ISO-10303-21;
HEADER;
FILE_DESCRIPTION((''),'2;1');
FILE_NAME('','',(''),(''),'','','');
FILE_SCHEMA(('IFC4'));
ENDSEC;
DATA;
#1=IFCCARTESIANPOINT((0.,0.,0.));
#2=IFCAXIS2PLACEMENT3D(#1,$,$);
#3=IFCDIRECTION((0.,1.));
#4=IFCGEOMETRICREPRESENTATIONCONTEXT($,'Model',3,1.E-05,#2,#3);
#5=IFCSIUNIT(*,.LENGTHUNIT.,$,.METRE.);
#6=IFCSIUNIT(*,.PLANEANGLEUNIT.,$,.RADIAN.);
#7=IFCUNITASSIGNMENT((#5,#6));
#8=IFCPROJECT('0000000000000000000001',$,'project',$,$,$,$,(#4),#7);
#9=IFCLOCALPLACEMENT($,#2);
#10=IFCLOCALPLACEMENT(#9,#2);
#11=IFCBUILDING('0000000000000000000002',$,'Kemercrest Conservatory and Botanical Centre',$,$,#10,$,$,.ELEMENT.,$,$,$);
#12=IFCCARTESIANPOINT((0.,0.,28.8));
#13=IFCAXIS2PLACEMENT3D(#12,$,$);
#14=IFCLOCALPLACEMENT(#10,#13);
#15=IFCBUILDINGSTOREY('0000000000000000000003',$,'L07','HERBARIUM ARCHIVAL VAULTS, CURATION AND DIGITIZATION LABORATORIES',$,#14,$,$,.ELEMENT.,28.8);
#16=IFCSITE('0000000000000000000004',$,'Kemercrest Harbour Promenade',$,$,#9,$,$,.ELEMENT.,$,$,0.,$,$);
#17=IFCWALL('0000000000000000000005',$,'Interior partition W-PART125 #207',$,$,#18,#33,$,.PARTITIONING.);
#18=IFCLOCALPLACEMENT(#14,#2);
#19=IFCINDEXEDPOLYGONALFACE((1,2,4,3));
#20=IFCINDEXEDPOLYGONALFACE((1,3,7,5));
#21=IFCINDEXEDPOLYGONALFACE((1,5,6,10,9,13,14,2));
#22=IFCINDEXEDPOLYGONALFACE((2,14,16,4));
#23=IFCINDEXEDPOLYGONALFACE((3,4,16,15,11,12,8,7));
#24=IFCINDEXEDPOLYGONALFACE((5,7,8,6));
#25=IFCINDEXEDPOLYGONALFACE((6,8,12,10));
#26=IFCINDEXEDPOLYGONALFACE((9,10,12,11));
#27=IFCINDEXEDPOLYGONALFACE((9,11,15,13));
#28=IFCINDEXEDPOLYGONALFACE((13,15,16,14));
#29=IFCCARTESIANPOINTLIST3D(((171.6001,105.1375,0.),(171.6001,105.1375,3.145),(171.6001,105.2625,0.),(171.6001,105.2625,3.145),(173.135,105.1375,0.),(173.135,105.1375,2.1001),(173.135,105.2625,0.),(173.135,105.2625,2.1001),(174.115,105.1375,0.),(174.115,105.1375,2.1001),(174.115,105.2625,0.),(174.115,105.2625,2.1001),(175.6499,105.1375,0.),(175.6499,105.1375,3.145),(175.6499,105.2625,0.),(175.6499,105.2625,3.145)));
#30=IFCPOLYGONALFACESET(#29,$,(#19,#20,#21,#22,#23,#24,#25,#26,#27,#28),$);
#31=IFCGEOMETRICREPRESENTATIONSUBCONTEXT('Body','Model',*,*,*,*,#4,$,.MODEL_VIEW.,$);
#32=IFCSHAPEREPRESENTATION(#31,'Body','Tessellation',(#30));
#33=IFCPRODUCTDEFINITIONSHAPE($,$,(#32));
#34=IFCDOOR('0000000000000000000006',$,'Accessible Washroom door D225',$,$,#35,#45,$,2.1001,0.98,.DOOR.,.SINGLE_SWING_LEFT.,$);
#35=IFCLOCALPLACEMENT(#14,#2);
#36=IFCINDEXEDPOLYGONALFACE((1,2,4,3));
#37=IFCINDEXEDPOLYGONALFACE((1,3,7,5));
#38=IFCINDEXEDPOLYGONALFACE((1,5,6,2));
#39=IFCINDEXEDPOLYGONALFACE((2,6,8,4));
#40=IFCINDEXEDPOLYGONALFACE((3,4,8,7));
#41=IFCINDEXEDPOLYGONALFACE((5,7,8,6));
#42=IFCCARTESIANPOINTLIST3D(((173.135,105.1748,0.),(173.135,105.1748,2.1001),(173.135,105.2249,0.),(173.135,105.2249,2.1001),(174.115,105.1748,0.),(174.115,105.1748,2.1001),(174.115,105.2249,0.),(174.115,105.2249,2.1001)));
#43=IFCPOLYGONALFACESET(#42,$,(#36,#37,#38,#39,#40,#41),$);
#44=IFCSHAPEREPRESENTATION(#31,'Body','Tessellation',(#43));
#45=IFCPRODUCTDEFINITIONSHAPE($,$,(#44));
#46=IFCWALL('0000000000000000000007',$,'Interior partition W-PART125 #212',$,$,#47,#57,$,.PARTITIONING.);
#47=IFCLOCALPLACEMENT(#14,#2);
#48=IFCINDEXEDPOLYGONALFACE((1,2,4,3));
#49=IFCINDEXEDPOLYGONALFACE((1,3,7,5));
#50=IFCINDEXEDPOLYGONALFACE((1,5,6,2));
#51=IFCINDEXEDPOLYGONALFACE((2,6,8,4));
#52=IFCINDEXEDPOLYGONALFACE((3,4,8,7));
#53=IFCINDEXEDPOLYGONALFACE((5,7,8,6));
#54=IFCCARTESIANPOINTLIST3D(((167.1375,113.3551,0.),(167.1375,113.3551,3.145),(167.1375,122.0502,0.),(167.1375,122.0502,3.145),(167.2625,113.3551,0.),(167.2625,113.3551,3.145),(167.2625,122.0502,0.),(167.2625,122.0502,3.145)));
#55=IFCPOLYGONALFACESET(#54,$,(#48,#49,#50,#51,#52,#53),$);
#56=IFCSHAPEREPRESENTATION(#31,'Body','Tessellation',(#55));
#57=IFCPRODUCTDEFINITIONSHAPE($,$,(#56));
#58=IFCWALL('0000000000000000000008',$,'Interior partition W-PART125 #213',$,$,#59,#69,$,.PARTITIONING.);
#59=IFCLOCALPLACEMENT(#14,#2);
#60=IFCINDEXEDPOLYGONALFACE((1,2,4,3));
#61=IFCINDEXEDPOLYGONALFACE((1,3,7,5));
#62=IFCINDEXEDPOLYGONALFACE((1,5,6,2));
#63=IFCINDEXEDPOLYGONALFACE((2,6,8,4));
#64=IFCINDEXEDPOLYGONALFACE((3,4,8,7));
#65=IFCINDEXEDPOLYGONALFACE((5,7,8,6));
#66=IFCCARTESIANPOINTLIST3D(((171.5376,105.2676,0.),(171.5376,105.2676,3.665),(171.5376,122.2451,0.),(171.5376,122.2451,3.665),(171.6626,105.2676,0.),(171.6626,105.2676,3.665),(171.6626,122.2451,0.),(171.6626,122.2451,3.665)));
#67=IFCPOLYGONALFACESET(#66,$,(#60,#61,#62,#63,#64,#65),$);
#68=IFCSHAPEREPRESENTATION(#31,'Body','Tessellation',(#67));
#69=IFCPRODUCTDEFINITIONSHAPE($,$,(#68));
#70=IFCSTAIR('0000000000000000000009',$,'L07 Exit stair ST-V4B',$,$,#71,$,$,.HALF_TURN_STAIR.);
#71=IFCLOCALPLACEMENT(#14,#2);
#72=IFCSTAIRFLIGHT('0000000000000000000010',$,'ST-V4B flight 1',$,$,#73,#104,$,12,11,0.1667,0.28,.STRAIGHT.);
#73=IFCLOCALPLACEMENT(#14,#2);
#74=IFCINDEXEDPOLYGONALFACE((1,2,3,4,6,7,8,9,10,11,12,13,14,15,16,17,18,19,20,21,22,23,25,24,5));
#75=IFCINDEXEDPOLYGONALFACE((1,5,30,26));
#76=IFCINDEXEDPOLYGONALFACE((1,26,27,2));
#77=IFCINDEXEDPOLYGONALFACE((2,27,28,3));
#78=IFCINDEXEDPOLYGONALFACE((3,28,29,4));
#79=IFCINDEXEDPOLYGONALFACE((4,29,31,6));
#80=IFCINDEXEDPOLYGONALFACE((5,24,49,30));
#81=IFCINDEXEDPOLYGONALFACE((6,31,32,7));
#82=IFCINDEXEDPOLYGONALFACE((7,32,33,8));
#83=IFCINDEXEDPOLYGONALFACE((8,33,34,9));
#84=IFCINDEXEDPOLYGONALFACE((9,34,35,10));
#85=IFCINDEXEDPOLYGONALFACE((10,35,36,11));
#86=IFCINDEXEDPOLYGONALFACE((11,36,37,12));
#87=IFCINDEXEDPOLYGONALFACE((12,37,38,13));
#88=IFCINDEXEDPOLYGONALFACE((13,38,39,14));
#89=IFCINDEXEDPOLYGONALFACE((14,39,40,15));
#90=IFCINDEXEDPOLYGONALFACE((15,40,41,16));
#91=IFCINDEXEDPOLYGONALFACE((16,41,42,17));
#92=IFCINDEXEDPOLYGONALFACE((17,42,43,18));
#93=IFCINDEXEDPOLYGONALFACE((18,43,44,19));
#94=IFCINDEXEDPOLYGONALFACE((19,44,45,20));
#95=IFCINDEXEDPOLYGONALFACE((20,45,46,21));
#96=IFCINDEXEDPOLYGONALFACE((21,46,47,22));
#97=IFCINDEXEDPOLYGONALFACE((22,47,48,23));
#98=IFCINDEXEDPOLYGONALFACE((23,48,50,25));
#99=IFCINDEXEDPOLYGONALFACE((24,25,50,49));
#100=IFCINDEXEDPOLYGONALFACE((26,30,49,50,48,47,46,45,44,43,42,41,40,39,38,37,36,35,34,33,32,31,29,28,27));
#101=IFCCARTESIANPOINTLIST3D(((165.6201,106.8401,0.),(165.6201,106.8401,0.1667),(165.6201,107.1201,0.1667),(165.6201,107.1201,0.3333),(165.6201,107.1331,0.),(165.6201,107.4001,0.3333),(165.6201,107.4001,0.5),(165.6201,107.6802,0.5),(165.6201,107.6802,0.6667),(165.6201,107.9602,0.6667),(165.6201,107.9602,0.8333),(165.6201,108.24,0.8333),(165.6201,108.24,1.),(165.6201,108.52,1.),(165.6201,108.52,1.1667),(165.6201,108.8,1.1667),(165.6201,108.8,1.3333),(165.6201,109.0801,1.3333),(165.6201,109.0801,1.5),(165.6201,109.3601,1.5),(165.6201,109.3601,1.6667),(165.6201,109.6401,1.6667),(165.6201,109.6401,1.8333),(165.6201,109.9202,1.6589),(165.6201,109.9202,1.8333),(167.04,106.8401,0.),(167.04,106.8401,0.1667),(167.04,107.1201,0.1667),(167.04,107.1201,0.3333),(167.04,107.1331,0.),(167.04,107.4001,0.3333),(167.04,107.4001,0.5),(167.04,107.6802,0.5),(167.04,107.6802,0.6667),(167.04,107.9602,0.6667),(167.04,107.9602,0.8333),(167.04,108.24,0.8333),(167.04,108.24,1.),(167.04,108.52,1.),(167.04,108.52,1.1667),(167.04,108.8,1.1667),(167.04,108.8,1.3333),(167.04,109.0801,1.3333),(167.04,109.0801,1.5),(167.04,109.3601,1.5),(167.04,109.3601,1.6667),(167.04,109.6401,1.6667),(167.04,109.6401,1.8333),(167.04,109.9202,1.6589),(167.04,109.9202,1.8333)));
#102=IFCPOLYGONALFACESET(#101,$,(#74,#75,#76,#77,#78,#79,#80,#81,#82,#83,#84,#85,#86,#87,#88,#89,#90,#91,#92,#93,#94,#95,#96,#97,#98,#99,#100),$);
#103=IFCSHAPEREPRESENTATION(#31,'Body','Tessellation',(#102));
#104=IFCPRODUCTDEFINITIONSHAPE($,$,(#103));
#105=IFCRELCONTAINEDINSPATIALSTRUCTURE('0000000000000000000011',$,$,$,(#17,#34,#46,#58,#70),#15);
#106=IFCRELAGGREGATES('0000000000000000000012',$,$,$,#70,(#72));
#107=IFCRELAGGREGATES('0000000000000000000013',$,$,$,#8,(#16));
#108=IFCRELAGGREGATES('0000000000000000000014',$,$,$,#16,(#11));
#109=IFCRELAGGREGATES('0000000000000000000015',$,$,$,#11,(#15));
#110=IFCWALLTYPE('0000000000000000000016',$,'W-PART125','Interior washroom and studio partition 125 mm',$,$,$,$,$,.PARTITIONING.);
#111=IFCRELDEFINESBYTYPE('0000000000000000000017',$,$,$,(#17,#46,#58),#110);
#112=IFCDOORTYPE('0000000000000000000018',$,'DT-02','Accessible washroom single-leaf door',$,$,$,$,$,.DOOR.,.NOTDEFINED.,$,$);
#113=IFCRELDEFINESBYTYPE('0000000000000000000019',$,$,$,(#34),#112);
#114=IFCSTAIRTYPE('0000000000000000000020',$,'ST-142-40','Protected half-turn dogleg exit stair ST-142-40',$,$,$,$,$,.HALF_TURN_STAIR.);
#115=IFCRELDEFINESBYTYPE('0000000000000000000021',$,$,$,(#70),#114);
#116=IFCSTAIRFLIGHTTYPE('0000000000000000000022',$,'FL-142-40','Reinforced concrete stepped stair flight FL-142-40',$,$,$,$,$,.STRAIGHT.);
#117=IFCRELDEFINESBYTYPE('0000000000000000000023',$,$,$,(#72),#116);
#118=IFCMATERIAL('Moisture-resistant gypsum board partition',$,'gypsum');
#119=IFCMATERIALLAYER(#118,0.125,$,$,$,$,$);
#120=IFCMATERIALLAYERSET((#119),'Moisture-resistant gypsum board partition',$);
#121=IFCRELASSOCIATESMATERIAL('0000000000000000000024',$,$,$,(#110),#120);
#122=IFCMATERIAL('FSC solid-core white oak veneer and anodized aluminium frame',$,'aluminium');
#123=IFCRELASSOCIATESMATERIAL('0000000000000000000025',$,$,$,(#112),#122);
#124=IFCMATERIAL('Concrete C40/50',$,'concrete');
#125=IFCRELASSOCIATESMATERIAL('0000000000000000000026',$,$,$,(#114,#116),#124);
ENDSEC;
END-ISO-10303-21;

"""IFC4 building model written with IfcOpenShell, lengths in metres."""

from ifc_helpers import new_model, si_unit, direction, frame, frame_2d, origin, place, context, subcontext, project, spatial, polyline, rectangle, outline, extrude, material, layer, layer_set, type_object, element, fill, aggregate, save


model = new_model("IFC4")

# Units and contexts
model_context = context("Model", 3, precision=1e-05, world=origin(), true_north=direction((0.0, 1.0)))
body_context = subcontext(model_context, "Body", "Model", "MODEL_VIEW")
ifc_project = project(units=[si_unit("LENGTHUNIT", "METRE"), si_unit("PLANEANGLEUNIT", "RADIAN")], contexts=[model_context])

# Site, building, storey
site_placement = place(None, origin())
site = spatial("IfcSite", under=ifc_project, at=site_placement, Name="Kemercrest Harbour Promenade", CompositionType="ELEMENT", RefElevation=0.0)
building_placement = place(site_placement, origin())
building = spatial("IfcBuilding", under=site, at=building_placement, Name="Kemercrest Conservatory and Botanical Centre", CompositionType="ELEMENT")
storey_placement = place(building_placement, frame((0.0, 0.0, 28.8)))
storey = spatial("IfcBuildingStorey", under=building, at=storey_placement, Name="L07", Description="HERBARIUM ARCHIVAL VAULTS, CURATION AND DIGITIZATION LABORATORIES", CompositionType="ELEMENT", Elevation=28.8)

# Shared definitions
ifc_material_1 = material(Name="Concrete C40/50", Category="concrete")

# Wall, opening, door
ifc_material_2 = material(Name="Moisture-resistant gypsum board partition", Category="gypsum")
ifc_layer_1 = layer(ifc_material_2, 0.125)
ifc_layer_set_1 = layer_set([ifc_layer_1], Name="Moisture-resistant gypsum board partition")
wall_type = type_object("IfcWallType", Name="W-PART125", Description="Interior washroom and studio partition 125 mm", PredefinedType="PARTITIONING", material=ifc_layer_set_1)
ifc_material_3 = material(Name="FSC solid-core white oak veneer and anodized aluminium frame", Category="aluminium")
door_type = type_object("IfcDoorType", Name="DT-02", Description="Accessible washroom single-leaf door", OperationType="NOTDEFINED", PredefinedType="DOOR", material=ifc_material_3)
wall_1_placement = place(storey_placement, frame((171.6001, 105.2, 0.0), z_axis=(0.0, 0.0, 1.0), x_axis=(1.0, 0.0, 0.0)))
wall_1 = element("IfcWall", 1, at=wall_1_placement, inside=storey, type_object=wall_type, Name="Interior partition W-PART125 #207", PredefinedType="PARTITIONING", context=body_context, shape_type="SweptSolid", body=[
    extrude(rectangle(XDim=4.0498, YDim=0.125, at=frame_2d((2.0249, 0.0))), origin(), (0.0, 0.0, 1.0), 3.145),
])
opening_1_placement = place(wall_1_placement, frame((1.5349, 0.0, 0.0)))
opening_1 = element("IfcOpeningElement", 2, at=opening_1_placement, cuts=wall_1, PredefinedType="OPENING", context=body_context, shape_type="SweptSolid", body=[
    extrude(rectangle(XDim=0.98, YDim=2.1001, at=frame_2d((0.49, 1.05))), frame((0.0, 0.0725, 0.0), z_axis=(0.0, -1.0, 0.0), x_axis=(1.0, 0.0, 0.0)), (0.0, 0.0, 1.0), 0.145),
])
door_1_placement = place(opening_1_placement, origin())
door_1 = element("IfcDoor", 3, at=door_1_placement, inside=storey, type_object=door_type, Name="Accessible Washroom door D225", OperationType="SINGLE_SWING_LEFT", OverallHeight=2.1001, OverallWidth=0.98, PredefinedType="DOOR", context=body_context, shape_type="SweptSolid", body=[
    extrude(rectangle(XDim=0.98, YDim=2.1001, at=frame_2d((0.49, 1.05))), frame((0.0, 0.0249, 0.0), z_axis=(0.0, -1.0, 0.0), x_axis=(1.0, 0.0, 0.0)), (0.0, 0.0, 1.0), 0.05),
])
fill(opening_1, door_1)

# Walls
wall_2_placement = place(storey_placement, frame((167.2, 113.355, 0.0), z_axis=(0.0, 0.0, 1.0), x_axis=(0.0, 1.0, 0.0)))
element("IfcWall", 4, at=wall_2_placement, inside=storey, type_object=wall_type, Name="Interior partition W-PART125 #212", PredefinedType="PARTITIONING", context=body_context, shape_type="SweptSolid", body=[
    extrude(rectangle(XDim=8.6951, YDim=0.125, at=frame_2d((4.3477, 0.0))), origin(), (0.0, 0.0, 1.0), 3.145),
])
wall_3_placement = place(storey_placement, frame((171.6001, 105.2676, 0.0), z_axis=(0.0, 0.0, 1.0), x_axis=(0.0, 1.0, 0.0)))
element("IfcWall", 5, at=wall_3_placement, inside=storey, type_object=wall_type, Name="Interior partition W-PART125 #213", PredefinedType="PARTITIONING", context=body_context, shape_type="SweptSolid", body=[
    extrude(rectangle(XDim=16.9775, YDim=0.125, at=frame_2d((8.4888, 0.0))), origin(), (0.0, 0.0, 1.0), 3.665),
])

# Stair, stair flight
stair_type = type_object("IfcStairType", Name="ST-142-40", Description="Protected half-turn dogleg exit stair ST-142-40", PredefinedType="HALF_TURN_STAIR", material=ifc_material_1)
stair_placement = place(storey_placement, origin())
stair = element("IfcStair", 6, at=stair_placement, inside=storey, type_object=stair_type, Name="L07 Exit stair ST-V4B", PredefinedType="HALF_TURN_STAIR")
stair_flight_type = type_object("IfcStairFlightType", Name="FL-142-40", Description="Reinforced concrete stepped stair flight FL-142-40", PredefinedType="STRAIGHT", material=ifc_material_1)
stair_flight_placement = place(storey_placement, frame((166.3301, 106.8401, 0.0), z_axis=(0.0, 0.0, 1.0), x_axis=(0.0, 1.0, 0.0)))
stair_flight = element("IfcStairFlight", 7, at=stair_flight_placement, type_object=stair_flight_type, Name="ST-V4B flight 1", NumberOfRisers=12, NumberOfTreads=11, PredefinedType="STRAIGHT", RiserHeight=0.1667, TreadLength=0.28, context=body_context, shape_type="SweptSolid", body=[
    extrude(outline(polyline([(0.0, 0.0), (0.0, 0.1667), (0.28, 0.1667), (0.28, 0.3333), (0.5601, 0.3333), (0.5601, 0.5), (0.8401, 0.5), (0.8401, 0.6667), (1.1201, 0.6667), (1.1201, 0.8333), (1.3999, 0.8333), (1.3999, 1.0), (1.6799, 1.0), (1.6799, 1.1667), (1.96, 1.1667), (1.96, 1.3333), (2.24, 1.3333), (2.24, 1.5), (2.52, 1.5), (2.52, 1.6667), (2.8, 1.6667), (2.8, 1.8333), (3.0801, 1.8333), (3.0801, 2.0), (3.0801, 1.6589), (0.293, 0.0), (0.0, 0.0)])), frame((0.0, 0.71, 0.0), z_axis=(0.0, -1.0, 0.0), x_axis=(1.0, 0.0, 0.0)), (0.0, 0.0, 1.0), 1.4199),
])
aggregate(stair, [stair_flight])

save(model, "model.ifc")
